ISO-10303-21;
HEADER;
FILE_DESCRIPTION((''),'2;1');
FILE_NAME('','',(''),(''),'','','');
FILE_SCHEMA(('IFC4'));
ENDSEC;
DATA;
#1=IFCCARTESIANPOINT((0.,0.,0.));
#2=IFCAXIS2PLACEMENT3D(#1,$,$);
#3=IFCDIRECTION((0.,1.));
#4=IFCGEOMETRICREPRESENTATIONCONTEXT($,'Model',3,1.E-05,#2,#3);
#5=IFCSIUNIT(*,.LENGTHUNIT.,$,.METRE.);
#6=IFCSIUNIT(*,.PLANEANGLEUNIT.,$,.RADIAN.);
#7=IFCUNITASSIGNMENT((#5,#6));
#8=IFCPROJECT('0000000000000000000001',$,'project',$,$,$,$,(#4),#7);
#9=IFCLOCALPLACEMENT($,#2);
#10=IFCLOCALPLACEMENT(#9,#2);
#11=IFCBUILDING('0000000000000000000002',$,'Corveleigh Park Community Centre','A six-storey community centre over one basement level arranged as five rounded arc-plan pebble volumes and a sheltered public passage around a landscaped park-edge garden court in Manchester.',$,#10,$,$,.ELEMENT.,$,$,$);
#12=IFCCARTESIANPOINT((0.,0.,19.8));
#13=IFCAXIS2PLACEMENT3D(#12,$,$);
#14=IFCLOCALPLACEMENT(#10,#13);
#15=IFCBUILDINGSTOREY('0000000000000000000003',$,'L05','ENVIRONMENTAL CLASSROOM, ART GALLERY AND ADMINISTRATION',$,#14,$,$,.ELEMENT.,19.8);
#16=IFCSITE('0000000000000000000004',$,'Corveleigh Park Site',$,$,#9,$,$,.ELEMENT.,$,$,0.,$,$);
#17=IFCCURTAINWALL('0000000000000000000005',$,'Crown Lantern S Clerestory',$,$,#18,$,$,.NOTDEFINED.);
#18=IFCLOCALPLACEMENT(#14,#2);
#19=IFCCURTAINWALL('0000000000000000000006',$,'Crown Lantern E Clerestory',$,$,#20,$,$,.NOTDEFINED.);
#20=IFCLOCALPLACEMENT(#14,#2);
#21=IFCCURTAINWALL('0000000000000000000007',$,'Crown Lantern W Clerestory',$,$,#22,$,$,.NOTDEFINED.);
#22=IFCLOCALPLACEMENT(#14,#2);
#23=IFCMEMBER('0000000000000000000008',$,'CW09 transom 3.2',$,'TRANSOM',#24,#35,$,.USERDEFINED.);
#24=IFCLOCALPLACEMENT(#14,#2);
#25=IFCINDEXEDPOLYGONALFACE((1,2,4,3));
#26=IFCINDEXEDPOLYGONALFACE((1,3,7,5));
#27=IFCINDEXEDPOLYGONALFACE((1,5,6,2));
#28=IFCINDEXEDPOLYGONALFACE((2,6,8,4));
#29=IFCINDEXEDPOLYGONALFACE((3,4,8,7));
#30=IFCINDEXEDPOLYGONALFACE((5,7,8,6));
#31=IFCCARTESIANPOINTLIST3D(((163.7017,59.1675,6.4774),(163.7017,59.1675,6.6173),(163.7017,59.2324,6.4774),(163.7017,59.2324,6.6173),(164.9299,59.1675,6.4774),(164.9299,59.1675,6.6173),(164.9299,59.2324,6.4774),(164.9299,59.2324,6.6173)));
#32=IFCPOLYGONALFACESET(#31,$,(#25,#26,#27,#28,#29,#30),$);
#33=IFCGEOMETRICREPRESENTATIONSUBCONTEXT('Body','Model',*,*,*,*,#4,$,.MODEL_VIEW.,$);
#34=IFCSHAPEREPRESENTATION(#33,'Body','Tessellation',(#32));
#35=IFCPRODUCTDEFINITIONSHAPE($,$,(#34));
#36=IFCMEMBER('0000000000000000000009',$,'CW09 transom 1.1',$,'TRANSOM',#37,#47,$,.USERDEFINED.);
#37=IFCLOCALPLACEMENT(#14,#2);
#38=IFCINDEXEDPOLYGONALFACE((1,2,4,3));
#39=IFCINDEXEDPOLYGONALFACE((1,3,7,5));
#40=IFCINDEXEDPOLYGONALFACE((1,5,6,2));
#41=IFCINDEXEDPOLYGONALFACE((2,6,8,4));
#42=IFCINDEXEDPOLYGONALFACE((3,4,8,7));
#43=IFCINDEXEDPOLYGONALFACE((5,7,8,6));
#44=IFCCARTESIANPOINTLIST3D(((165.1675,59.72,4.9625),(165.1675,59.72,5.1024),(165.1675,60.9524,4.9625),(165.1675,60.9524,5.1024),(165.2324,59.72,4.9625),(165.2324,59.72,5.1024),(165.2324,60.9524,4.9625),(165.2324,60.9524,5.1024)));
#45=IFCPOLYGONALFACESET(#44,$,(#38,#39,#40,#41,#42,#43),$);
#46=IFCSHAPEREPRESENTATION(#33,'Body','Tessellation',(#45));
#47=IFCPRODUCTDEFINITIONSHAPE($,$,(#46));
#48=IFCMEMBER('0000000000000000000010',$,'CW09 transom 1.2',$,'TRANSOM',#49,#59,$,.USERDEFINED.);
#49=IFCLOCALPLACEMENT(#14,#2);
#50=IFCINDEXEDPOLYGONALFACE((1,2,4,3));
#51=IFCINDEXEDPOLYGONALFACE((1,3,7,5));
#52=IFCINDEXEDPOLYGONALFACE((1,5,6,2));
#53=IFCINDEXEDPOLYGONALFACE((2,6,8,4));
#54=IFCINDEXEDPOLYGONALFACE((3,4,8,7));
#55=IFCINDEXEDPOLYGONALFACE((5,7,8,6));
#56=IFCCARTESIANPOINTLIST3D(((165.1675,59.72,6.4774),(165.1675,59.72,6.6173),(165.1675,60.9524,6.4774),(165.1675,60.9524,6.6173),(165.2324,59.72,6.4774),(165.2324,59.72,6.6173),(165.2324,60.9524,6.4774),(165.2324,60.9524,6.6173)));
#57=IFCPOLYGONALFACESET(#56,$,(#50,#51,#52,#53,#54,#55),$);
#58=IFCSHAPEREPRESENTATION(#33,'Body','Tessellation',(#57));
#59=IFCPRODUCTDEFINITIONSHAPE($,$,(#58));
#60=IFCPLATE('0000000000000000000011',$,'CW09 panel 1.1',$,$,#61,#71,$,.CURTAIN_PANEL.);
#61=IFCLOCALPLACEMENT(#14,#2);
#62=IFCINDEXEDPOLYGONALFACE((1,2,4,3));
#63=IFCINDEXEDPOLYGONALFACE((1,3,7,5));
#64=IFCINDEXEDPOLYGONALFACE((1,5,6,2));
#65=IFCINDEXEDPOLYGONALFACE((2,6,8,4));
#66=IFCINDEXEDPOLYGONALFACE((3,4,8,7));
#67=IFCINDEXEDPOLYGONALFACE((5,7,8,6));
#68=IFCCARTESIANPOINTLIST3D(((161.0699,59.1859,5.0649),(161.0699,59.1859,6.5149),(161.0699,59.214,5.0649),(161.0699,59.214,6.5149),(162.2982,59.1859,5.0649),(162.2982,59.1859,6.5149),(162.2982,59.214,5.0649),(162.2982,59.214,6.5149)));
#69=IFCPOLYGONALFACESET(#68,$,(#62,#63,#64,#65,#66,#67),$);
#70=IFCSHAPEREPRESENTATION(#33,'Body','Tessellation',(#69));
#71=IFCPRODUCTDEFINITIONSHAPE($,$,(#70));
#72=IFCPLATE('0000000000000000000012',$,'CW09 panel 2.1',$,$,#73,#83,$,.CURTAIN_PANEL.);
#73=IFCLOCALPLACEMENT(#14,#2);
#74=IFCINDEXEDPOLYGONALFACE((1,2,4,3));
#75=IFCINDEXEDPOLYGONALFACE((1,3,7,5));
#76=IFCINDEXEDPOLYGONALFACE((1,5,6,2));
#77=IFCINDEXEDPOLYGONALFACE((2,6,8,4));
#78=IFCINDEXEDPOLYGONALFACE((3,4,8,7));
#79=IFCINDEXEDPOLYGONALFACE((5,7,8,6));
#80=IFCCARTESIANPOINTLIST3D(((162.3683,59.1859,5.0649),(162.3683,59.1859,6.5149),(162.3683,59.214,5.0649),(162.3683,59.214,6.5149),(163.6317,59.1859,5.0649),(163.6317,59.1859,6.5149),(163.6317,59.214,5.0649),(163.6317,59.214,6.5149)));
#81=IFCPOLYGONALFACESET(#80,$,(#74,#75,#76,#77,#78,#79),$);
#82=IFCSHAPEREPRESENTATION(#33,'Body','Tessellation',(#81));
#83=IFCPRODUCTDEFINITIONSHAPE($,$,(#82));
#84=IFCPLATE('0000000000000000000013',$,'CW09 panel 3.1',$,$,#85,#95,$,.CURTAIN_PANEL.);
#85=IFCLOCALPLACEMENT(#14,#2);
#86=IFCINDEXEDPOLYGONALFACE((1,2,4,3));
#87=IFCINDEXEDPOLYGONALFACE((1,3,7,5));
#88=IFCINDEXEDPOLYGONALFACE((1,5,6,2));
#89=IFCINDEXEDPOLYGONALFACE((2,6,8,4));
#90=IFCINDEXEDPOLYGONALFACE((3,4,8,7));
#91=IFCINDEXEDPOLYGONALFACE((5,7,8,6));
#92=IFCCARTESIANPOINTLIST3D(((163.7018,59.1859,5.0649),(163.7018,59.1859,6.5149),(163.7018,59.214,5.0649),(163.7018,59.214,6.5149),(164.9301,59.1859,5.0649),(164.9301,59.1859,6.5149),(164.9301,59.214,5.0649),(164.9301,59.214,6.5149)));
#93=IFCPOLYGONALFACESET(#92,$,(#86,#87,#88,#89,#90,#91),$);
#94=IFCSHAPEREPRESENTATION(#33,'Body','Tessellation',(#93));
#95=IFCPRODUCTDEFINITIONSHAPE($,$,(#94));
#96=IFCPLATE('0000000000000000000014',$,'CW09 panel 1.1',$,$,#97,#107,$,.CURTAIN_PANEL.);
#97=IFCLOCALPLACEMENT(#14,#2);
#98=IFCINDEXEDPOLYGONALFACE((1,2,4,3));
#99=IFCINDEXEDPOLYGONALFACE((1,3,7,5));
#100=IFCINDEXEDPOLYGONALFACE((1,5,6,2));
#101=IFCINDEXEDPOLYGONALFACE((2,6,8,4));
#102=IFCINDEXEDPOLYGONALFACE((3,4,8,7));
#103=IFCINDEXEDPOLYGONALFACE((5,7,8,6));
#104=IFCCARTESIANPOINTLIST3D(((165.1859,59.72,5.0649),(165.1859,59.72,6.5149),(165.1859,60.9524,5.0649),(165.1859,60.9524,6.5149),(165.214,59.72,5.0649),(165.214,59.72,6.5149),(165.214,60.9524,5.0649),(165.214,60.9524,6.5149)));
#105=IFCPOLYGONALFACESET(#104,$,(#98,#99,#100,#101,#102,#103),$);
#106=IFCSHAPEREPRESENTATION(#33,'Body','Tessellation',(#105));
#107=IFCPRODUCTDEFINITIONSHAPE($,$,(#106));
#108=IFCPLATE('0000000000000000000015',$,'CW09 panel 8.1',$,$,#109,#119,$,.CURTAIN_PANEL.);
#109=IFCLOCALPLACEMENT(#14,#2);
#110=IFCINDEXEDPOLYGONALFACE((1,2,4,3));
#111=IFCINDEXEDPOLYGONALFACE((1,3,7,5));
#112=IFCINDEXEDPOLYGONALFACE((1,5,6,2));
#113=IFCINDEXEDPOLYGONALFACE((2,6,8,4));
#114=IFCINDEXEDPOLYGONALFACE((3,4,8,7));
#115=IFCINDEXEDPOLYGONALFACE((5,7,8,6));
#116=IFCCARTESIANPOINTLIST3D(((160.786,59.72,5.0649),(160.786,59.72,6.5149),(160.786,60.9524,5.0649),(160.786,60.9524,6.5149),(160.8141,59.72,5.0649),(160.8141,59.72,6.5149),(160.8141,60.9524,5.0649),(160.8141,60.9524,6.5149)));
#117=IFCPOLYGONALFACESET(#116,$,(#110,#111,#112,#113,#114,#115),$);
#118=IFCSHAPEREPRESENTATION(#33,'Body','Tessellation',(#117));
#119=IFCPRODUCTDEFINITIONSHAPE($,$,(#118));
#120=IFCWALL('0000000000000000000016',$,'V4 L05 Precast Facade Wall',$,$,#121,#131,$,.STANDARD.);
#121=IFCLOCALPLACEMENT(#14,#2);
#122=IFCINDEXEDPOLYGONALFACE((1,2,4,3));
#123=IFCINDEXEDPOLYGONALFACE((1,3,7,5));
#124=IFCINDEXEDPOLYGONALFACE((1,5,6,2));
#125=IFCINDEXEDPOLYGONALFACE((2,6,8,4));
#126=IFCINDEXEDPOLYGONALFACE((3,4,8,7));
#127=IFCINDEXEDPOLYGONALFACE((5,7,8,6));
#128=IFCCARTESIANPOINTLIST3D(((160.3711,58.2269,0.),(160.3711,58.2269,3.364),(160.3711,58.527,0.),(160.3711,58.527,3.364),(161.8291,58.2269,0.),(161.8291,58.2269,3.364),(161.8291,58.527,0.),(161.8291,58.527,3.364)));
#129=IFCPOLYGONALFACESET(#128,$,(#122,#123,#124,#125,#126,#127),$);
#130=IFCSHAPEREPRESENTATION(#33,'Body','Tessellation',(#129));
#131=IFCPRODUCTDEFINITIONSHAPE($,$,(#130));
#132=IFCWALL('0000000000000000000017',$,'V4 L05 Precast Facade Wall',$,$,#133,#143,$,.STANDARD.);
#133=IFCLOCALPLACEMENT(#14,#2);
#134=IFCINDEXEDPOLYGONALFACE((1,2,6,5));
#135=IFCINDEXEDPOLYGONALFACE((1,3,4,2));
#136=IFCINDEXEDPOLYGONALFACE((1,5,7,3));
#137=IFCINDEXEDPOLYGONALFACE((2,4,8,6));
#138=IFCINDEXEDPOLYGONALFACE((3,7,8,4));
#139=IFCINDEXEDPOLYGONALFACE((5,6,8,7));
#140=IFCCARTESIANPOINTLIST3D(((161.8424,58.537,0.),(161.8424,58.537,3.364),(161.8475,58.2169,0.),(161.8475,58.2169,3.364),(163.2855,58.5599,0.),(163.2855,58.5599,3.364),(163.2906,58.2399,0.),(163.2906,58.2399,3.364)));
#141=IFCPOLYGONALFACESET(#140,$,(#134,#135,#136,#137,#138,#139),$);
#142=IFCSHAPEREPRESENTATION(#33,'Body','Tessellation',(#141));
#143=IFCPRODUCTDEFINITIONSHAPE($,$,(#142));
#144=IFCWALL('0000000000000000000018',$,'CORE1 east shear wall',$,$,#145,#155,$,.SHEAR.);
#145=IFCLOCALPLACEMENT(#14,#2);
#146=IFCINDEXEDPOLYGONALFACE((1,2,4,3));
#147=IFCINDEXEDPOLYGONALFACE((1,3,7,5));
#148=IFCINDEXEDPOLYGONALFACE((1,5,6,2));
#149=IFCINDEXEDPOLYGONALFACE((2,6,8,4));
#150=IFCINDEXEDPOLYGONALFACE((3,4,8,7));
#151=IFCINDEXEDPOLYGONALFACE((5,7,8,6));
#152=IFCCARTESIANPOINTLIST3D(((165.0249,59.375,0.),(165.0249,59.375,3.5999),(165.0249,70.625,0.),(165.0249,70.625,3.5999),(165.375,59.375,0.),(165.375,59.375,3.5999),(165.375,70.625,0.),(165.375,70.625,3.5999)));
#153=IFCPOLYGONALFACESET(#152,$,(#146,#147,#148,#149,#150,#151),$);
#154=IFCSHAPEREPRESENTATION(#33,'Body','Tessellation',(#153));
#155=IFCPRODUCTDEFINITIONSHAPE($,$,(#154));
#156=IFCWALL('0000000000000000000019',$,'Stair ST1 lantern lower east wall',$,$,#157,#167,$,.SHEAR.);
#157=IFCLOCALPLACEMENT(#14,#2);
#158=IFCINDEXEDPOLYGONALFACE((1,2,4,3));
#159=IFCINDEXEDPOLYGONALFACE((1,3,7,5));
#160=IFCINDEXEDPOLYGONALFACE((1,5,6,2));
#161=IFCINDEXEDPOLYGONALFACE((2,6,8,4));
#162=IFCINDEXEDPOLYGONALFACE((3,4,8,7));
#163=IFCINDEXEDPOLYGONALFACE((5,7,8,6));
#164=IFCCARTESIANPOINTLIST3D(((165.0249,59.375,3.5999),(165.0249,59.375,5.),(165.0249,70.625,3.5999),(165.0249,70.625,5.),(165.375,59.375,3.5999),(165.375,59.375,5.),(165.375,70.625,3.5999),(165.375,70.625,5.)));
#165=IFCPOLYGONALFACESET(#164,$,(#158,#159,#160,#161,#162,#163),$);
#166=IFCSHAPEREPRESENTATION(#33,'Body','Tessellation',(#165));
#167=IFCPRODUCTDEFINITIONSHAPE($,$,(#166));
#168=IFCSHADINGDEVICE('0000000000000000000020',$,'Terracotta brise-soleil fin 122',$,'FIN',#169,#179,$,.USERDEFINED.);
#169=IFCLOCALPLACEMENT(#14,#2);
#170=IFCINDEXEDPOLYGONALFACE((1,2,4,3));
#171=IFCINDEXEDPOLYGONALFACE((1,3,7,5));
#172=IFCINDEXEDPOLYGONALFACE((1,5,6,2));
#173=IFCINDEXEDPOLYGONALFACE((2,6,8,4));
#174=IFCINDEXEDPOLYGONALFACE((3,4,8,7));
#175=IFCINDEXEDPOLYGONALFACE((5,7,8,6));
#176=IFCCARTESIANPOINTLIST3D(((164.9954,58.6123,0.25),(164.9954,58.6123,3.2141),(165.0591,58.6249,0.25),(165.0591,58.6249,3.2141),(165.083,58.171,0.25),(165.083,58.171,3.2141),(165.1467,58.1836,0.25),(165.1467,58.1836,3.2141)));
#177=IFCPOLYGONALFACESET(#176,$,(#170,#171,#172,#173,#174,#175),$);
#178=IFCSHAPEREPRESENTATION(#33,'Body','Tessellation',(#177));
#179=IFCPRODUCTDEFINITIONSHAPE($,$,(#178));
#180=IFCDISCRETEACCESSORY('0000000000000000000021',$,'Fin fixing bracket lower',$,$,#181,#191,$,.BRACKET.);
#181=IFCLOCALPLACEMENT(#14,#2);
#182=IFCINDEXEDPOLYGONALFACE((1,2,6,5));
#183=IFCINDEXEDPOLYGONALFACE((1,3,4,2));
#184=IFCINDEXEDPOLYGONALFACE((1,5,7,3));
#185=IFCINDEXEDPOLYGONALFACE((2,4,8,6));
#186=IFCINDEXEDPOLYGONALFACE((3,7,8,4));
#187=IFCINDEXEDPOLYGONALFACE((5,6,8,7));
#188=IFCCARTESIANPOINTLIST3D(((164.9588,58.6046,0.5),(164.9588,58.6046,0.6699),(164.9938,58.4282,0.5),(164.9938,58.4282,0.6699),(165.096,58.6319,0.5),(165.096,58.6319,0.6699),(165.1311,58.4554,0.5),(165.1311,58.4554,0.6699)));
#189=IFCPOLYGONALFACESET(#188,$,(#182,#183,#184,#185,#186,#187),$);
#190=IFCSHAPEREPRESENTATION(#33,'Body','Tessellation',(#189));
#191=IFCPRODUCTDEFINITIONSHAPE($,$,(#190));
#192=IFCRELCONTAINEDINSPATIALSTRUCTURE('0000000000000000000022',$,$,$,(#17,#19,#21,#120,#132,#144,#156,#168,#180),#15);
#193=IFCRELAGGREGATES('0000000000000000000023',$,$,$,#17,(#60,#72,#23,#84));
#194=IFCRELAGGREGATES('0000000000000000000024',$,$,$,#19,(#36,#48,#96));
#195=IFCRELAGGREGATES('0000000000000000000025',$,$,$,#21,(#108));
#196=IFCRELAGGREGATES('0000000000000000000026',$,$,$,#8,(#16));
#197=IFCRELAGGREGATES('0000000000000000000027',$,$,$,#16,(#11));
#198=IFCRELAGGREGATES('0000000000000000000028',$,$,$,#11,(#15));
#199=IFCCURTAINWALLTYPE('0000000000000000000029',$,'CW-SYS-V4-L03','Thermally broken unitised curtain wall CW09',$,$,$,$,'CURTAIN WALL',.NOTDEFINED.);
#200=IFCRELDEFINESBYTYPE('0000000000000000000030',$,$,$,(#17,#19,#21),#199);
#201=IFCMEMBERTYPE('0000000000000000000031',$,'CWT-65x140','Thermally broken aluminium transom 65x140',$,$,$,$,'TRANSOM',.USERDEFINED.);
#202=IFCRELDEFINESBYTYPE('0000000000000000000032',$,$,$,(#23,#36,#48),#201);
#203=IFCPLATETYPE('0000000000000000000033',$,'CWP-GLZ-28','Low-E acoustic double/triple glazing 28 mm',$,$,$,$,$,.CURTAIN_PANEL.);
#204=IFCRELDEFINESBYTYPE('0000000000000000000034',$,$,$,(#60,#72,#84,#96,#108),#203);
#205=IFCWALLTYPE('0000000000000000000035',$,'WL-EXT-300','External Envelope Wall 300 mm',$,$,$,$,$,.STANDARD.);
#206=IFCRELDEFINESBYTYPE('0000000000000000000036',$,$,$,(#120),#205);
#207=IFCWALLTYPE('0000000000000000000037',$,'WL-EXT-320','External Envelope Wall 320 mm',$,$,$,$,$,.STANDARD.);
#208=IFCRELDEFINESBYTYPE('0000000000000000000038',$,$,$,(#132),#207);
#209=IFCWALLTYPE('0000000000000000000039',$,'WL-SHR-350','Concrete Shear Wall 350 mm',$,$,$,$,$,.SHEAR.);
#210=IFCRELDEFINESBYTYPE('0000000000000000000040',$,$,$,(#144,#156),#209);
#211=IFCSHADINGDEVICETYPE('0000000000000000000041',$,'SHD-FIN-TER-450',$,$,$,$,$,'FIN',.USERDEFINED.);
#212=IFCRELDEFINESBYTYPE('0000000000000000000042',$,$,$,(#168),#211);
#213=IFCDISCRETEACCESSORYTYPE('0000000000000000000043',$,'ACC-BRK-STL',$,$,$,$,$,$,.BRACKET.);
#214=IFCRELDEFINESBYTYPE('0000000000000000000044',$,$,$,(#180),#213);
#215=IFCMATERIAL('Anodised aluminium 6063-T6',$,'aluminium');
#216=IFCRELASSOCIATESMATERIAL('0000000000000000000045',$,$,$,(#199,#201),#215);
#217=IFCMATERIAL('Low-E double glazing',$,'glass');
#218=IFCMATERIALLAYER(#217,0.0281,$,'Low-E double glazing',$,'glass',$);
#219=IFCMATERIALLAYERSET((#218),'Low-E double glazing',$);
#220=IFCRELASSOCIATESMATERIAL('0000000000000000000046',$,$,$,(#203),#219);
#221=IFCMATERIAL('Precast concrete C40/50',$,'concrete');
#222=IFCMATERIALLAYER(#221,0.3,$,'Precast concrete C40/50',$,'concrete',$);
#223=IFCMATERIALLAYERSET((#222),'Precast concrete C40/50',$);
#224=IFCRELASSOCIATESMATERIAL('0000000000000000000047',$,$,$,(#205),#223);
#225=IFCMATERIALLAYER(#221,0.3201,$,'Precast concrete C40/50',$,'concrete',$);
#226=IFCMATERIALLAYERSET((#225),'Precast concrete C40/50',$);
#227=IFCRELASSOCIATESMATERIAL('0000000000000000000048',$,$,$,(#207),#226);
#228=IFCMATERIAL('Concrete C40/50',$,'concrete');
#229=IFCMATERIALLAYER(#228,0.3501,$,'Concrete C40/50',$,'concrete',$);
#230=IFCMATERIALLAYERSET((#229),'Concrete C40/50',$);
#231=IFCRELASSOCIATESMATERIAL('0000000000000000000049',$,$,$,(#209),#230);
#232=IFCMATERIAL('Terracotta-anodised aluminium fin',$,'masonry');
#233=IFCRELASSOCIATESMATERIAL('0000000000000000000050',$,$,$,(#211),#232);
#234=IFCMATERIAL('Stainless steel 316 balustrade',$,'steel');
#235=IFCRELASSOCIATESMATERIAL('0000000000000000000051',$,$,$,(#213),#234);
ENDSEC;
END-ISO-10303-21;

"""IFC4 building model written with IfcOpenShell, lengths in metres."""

from ifc_helpers import new_model, si_unit, direction, frame, frame_2d, origin, origin_2d, place, context, subcontext, project, spatial, rectangle, extrude, material, layer, layer_set, material_profile, profile_set, type_object, element, aggregate, save


model = new_model("IFC4")

# Units and contexts
model_context = context("Model", 3, precision=1e-05, world=origin(), true_north=direction((0.0, 1.0)))
body_context = subcontext(model_context, "Body", "Model", "MODEL_VIEW")
ifc_project = project(units=[si_unit("LENGTHUNIT", "METRE"), si_unit("PLANEANGLEUNIT", "RADIAN")], contexts=[model_context])

# Site, building, storey
site_placement = place(None, origin())
site = spatial("IfcSite", under=ifc_project, at=site_placement, Name="Corveleigh Park Site", CompositionType="ELEMENT", RefElevation=0.0)
building_placement = place(site_placement, origin())
building = spatial("IfcBuilding", under=site, at=building_placement, Name="Corveleigh Park Community Centre", Description="A six-storey community centre over one basement level arranged as five rounded arc-plan pebble volumes and a sheltered public passage around a landscaped park-edge garden court in Manchester.", CompositionType="ELEMENT")
storey_placement = place(building_placement, frame((0.0, 0.0, 19.8)))
storey = spatial("IfcBuildingStorey", under=building, at=storey_placement, Name="L05", Description="ENVIRONMENTAL CLASSROOM, ART GALLERY AND ADMINISTRATION", CompositionType="ELEMENT", Elevation=19.8)

# Curtain wall
ifc_material_1 = material(Name="Anodised aluminium 6063-T6", Category="aluminium")
curtain_wall_type = type_object("IfcCurtainWallType", Name="CW-SYS-V4-L03", Description="Thermally broken unitised curtain wall CW09", ElementType="CURTAIN WALL", PredefinedType="NOTDEFINED", material=ifc_material_1)
curtain_wall_1_placement = place(storey_placement, origin())
curtain_wall_1 = element("IfcCurtainWall", 1, at=curtain_wall_1_placement, inside=storey, type_object=curtain_wall_type, Name="Crown Lantern S Clerestory", PredefinedType="NOTDEFINED")

# Curtain walls
curtain_wall_2_placement = place(storey_placement, origin())
curtain_wall_2 = element("IfcCurtainWall", 2, at=curtain_wall_2_placement, inside=storey, type_object=curtain_wall_type, Name="Crown Lantern E Clerestory", PredefinedType="NOTDEFINED")
curtain_wall_3_placement = place(storey_placement, origin())
curtain_wall_3 = element("IfcCurtainWall", 3, at=curtain_wall_3_placement, inside=storey, type_object=curtain_wall_type, Name="Crown Lantern W Clerestory", PredefinedType="NOTDEFINED")

# Members
ifc_material_profile_1 = material_profile(ifc_material_1, rectangle(XDim=0.0649, YDim=0.1399, at=origin_2d()), Name="ALU-T65x140", Category="aluminium")
ifc_profile_set_1 = profile_set([ifc_material_profile_1], Name="Anodised aluminium 6063-T6")
member_type_1 = type_object("IfcMemberType", Name="CWT-65x140", Description="Thermally broken aluminium transom 65x140", ElementType="TRANSOM", PredefinedType="USERDEFINED", material=ifc_profile_set_1)
member_1_placement = place(storey_placement, frame((163.7017, 59.2, 6.5474), z_axis=(1.0, 0.0, 0.0), x_axis=(0.0, 1.0, 0.0)))
member_1 = element("IfcMember", 4, at=member_1_placement, type_object=member_type_1, Name="CW09 transom 3.2", ObjectType="TRANSOM", PredefinedType="USERDEFINED", context=body_context, shape_type="SweptSolid", body=[
    extrude(rectangle(XDim=0.0649, YDim=0.1399, at=origin_2d()), origin(), (0.0, 0.0, 1.0), 1.2283),
])
member_2_placement = place(storey_placement, frame((165.2, 59.72, 5.0325), z_axis=(0.0, 1.0, 0.0), x_axis=(-1.0, 0.0, 0.0)))
member_2 = element("IfcMember", 5, at=member_2_placement, type_object=member_type_1, Name="CW09 transom 1.1", ObjectType="TRANSOM", PredefinedType="USERDEFINED", context=body_context, shape_type="SweptSolid", body=[
    extrude(rectangle(XDim=0.0649, YDim=0.1399, at=origin_2d()), origin(), (0.0, 0.0, 1.0), 1.2324),
])
member_3_placement = place(storey_placement, frame((165.2, 59.72, 6.5474), z_axis=(0.0, 1.0, 0.0), x_axis=(-1.0, 0.0, 0.0)))
member_3 = element("IfcMember", 6, at=member_3_placement, type_object=member_type_1, Name="CW09 transom 1.2", ObjectType="TRANSOM", PredefinedType="USERDEFINED", context=body_context, shape_type="SweptSolid", body=[
    extrude(rectangle(XDim=0.0649, YDim=0.1399, at=origin_2d()), origin(), (0.0, 0.0, 1.0), 1.2324),
])

# Plates
ifc_material_2 = material(Name="Low-E double glazing", Category="glass")
ifc_layer_1 = layer(ifc_material_2, 0.0281, Name="Low-E double glazing", Category="glass")
ifc_layer_set_1 = layer_set([ifc_layer_1], Name="Low-E double glazing")
plate_type = type_object("IfcPlateType", Name="CWP-GLZ-28", Description="Low-E acoustic double/triple glazing 28 mm", PredefinedType="CURTAIN_PANEL", material=ifc_layer_set_1)
plate_1_placement = place(storey_placement, frame((161.6841, 59.2, 5.0649), z_axis=(0.0, 0.0, 1.0), x_axis=(1.0, 0.0, 0.0)))
plate_1 = element("IfcPlate", 7, at=plate_1_placement, type_object=plate_type, Name="CW09 panel 1.1", PredefinedType="CURTAIN_PANEL", context=body_context, shape_type="SweptSolid", body=[
    extrude(rectangle(XDim=1.2283, YDim=0.0281, at=origin_2d()), origin(), (0.0, 0.0, 1.0), 1.45),
])
plate_2_placement = place(storey_placement, frame((163.0, 59.2, 5.0649), z_axis=(0.0, 0.0, 1.0), x_axis=(1.0, 0.0, 0.0)))
plate_2 = element("IfcPlate", 8, at=plate_2_placement, type_object=plate_type, Name="CW09 panel 2.1", PredefinedType="CURTAIN_PANEL", context=body_context, shape_type="SweptSolid", body=[
    extrude(rectangle(XDim=1.2634, YDim=0.0281, at=origin_2d()), origin(), (0.0, 0.0, 1.0), 1.45),
])
plate_3_placement = place(storey_placement, frame((164.3159, 59.2, 5.0649), z_axis=(0.0, 0.0, 1.0), x_axis=(1.0, 0.0, 0.0)))
plate_3 = element("IfcPlate", 9, at=plate_3_placement, type_object=plate_type, Name="CW09 panel 3.1", PredefinedType="CURTAIN_PANEL", context=body_context, shape_type="SweptSolid", body=[
    extrude(rectangle(XDim=1.2283, YDim=0.0281, at=origin_2d()), origin(), (0.0, 0.0, 1.0), 1.45),
])
aggregate(curtain_wall_1, [plate_1, plate_2, member_1, plate_3])
plate_4_placement = place(storey_placement, frame((165.2, 60.3362, 5.0649), z_axis=(0.0, 0.0, 1.0), x_axis=(0.0, 1.0, 0.0)))
plate_4 = element("IfcPlate", 10, at=plate_4_placement, type_object=plate_type, Name="CW09 panel 1.1", PredefinedType="CURTAIN_PANEL", context=body_context, shape_type="SweptSolid", body=[
    extrude(rectangle(XDim=1.2324, YDim=0.0281, at=origin_2d()), origin(), (0.0, 0.0, 1.0), 1.45),
])
aggregate(curtain_wall_2, [member_2, member_3, plate_4])
plate_5_placement = place(storey_placement, frame((160.8, 60.3362, 5.0649), z_axis=(0.0, 0.0, 1.0), x_axis=(0.0, -1.0, 0.0)))
plate_5 = element("IfcPlate", 11, at=plate_5_placement, type_object=plate_type, Name="CW09 panel 8.1", PredefinedType="CURTAIN_PANEL", context=body_context, shape_type="SweptSolid", body=[
    extrude(rectangle(XDim=1.2324, YDim=0.0281, at=origin_2d()), origin(), (0.0, 0.0, 1.0), 1.45),
])
aggregate(curtain_wall_3, [plate_5])

# Walls
ifc_material_3 = material(Name="Precast concrete C40/50", Category="concrete")
ifc_layer_2 = layer(ifc_material_3, 0.3, Name="Precast concrete C40/50", Category="concrete")
ifc_layer_set_2 = layer_set([ifc_layer_2], Name="Precast concrete C40/50")
wall_type_1 = type_object("IfcWallType", Name="WL-EXT-300", Description="External Envelope Wall 300 mm", PredefinedType="STANDARD", material=ifc_layer_set_2)
wall_1_placement = place(storey_placement, frame((161.8291, 58.377, 0.0), z_axis=(0.0, 0.0, 1.0), x_axis=(-1.0, 0.0, 0.0)))
element("IfcWall", 12, at=wall_1_placement, inside=storey, type_object=wall_type_1, Name="V4 L05 Precast Facade Wall", PredefinedType="STANDARD", context=body_context, shape_type="SweptSolid", body=[
    extrude(rectangle(XDim=1.458, YDim=0.3, at=frame_2d((0.729, 0.0))), origin(), (0.0, 0.0, 1.0), 3.364),
])
ifc_layer_3 = layer(ifc_material_3, 0.3201, Name="Precast concrete C40/50", Category="concrete")
ifc_layer_set_3 = layer_set([ifc_layer_3], Name="Precast concrete C40/50")
wall_type_2 = type_object("IfcWallType", Name="WL-EXT-320", Description="External Envelope Wall 320 mm", PredefinedType="STANDARD", material=ifc_layer_set_3)
wall_2_placement = place(storey_placement, frame((163.2881, 58.3999, 0.0), z_axis=(0.0, 0.0, 1.0), x_axis=(-0.999874, -0.015901, 0.0)))
element("IfcWall", 13, at=wall_2_placement, inside=storey, type_object=wall_type_2, Name="V4 L05 Precast Facade Wall", PredefinedType="STANDARD", context=body_context, shape_type="SweptSolid", body=[
    extrude(rectangle(XDim=1.4434, YDim=0.3201, at=frame_2d((0.7217, 0.0))), origin(), (0.0, 0.0, 1.0), 3.364),
])
ifc_material_4 = material(Name="Concrete C40/50", Category="concrete")
ifc_layer_4 = layer(ifc_material_4, 0.3501, Name="Concrete C40/50", Category="concrete")
ifc_layer_set_4 = layer_set([ifc_layer_4], Name="Concrete C40/50")
wall_type_3 = type_object("IfcWallType", Name="WL-SHR-350", Description="Concrete Shear Wall 350 mm", PredefinedType="SHEAR", material=ifc_layer_set_4)
wall_3_placement = place(storey_placement, frame((165.2, 59.375, 0.0), z_axis=(0.0, 0.0, 1.0), x_axis=(0.0, 1.0, 0.0)))
element("IfcWall", 14, at=wall_3_placement, inside=storey, type_object=wall_type_3, Name="CORE1 east shear wall", PredefinedType="SHEAR", context=body_context, shape_type="SweptSolid", body=[
    extrude(rectangle(XDim=11.25, YDim=0.3501, at=frame_2d((5.625, 0.0))), origin(), (0.0, 0.0, 1.0), 3.5999),
])
wall_4_placement = place(storey_placement, frame((165.2, 59.375, 3.5999), z_axis=(0.0, 0.0, 1.0), x_axis=(0.0, 1.0, 0.0)))
element("IfcWall", 15, at=wall_4_placement, inside=storey, type_object=wall_type_3, Name="Stair ST1 lantern lower east wall", PredefinedType="SHEAR", context=body_context, shape_type="SweptSolid", body=[
    extrude(rectangle(XDim=11.25, YDim=0.3501, at=frame_2d((5.625, 0.0))), origin(), (0.0, 0.0, 1.0), 1.4001),
])

# Shading device
ifc_material_5 = material(Name="Terracotta-anodised aluminium fin", Category="masonry")
shading_device_type = type_object("IfcShadingDeviceType", Name="SHD-FIN-TER-450", ElementType="FIN", PredefinedType="USERDEFINED", material=ifc_material_5)
shading_device_placement = place(storey_placement, frame((165.071, 58.3979, 0.25), z_axis=(0.0, 0.0, 1.0), x_axis=(0.194864, -0.98083, 0.0)))
element("IfcShadingDevice", 16, at=shading_device_placement, inside=storey, type_object=shading_device_type, Name="Terracotta brise-soleil fin 122", ObjectType="FIN", PredefinedType="USERDEFINED", context=body_context, shape_type="SweptSolid", body=[
    extrude(rectangle(XDim=0.45, YDim=0.0649, at=origin_2d()), origin(), (0.0, 0.0, 1.0), 2.9641),
])

# Discrete accessory
ifc_material_6 = material(Name="Stainless steel 316 balustrade", Category="steel")
discrete_accessory_type = type_object("IfcDiscreteAccessoryType", Name="ACC-BRK-STL", PredefinedType="BRACKET", material=ifc_material_6)
for number, where, z_axis, x_axis, name in (
    (17, (165.0449, 58.53, 0.5), (0.0, 0.0, 1.0), (0.194864, -0.98083, 0.0), "Fin fixing bracket lower"),
):
    element("IfcDiscreteAccessory", number, at=place(storey_placement, frame(where, z_axis=z_axis, x_axis=x_axis)), inside=storey, type_object=discrete_accessory_type, Name=name, PredefinedType="BRACKET", context=body_context, shape_type="SweptSolid", body=[
        extrude(rectangle(XDim=0.1799, YDim=0.1399, at=origin_2d()), origin(), (0.0, 0.0, 1.0), 0.1699),
    ])

save(model, "model.ifc")
